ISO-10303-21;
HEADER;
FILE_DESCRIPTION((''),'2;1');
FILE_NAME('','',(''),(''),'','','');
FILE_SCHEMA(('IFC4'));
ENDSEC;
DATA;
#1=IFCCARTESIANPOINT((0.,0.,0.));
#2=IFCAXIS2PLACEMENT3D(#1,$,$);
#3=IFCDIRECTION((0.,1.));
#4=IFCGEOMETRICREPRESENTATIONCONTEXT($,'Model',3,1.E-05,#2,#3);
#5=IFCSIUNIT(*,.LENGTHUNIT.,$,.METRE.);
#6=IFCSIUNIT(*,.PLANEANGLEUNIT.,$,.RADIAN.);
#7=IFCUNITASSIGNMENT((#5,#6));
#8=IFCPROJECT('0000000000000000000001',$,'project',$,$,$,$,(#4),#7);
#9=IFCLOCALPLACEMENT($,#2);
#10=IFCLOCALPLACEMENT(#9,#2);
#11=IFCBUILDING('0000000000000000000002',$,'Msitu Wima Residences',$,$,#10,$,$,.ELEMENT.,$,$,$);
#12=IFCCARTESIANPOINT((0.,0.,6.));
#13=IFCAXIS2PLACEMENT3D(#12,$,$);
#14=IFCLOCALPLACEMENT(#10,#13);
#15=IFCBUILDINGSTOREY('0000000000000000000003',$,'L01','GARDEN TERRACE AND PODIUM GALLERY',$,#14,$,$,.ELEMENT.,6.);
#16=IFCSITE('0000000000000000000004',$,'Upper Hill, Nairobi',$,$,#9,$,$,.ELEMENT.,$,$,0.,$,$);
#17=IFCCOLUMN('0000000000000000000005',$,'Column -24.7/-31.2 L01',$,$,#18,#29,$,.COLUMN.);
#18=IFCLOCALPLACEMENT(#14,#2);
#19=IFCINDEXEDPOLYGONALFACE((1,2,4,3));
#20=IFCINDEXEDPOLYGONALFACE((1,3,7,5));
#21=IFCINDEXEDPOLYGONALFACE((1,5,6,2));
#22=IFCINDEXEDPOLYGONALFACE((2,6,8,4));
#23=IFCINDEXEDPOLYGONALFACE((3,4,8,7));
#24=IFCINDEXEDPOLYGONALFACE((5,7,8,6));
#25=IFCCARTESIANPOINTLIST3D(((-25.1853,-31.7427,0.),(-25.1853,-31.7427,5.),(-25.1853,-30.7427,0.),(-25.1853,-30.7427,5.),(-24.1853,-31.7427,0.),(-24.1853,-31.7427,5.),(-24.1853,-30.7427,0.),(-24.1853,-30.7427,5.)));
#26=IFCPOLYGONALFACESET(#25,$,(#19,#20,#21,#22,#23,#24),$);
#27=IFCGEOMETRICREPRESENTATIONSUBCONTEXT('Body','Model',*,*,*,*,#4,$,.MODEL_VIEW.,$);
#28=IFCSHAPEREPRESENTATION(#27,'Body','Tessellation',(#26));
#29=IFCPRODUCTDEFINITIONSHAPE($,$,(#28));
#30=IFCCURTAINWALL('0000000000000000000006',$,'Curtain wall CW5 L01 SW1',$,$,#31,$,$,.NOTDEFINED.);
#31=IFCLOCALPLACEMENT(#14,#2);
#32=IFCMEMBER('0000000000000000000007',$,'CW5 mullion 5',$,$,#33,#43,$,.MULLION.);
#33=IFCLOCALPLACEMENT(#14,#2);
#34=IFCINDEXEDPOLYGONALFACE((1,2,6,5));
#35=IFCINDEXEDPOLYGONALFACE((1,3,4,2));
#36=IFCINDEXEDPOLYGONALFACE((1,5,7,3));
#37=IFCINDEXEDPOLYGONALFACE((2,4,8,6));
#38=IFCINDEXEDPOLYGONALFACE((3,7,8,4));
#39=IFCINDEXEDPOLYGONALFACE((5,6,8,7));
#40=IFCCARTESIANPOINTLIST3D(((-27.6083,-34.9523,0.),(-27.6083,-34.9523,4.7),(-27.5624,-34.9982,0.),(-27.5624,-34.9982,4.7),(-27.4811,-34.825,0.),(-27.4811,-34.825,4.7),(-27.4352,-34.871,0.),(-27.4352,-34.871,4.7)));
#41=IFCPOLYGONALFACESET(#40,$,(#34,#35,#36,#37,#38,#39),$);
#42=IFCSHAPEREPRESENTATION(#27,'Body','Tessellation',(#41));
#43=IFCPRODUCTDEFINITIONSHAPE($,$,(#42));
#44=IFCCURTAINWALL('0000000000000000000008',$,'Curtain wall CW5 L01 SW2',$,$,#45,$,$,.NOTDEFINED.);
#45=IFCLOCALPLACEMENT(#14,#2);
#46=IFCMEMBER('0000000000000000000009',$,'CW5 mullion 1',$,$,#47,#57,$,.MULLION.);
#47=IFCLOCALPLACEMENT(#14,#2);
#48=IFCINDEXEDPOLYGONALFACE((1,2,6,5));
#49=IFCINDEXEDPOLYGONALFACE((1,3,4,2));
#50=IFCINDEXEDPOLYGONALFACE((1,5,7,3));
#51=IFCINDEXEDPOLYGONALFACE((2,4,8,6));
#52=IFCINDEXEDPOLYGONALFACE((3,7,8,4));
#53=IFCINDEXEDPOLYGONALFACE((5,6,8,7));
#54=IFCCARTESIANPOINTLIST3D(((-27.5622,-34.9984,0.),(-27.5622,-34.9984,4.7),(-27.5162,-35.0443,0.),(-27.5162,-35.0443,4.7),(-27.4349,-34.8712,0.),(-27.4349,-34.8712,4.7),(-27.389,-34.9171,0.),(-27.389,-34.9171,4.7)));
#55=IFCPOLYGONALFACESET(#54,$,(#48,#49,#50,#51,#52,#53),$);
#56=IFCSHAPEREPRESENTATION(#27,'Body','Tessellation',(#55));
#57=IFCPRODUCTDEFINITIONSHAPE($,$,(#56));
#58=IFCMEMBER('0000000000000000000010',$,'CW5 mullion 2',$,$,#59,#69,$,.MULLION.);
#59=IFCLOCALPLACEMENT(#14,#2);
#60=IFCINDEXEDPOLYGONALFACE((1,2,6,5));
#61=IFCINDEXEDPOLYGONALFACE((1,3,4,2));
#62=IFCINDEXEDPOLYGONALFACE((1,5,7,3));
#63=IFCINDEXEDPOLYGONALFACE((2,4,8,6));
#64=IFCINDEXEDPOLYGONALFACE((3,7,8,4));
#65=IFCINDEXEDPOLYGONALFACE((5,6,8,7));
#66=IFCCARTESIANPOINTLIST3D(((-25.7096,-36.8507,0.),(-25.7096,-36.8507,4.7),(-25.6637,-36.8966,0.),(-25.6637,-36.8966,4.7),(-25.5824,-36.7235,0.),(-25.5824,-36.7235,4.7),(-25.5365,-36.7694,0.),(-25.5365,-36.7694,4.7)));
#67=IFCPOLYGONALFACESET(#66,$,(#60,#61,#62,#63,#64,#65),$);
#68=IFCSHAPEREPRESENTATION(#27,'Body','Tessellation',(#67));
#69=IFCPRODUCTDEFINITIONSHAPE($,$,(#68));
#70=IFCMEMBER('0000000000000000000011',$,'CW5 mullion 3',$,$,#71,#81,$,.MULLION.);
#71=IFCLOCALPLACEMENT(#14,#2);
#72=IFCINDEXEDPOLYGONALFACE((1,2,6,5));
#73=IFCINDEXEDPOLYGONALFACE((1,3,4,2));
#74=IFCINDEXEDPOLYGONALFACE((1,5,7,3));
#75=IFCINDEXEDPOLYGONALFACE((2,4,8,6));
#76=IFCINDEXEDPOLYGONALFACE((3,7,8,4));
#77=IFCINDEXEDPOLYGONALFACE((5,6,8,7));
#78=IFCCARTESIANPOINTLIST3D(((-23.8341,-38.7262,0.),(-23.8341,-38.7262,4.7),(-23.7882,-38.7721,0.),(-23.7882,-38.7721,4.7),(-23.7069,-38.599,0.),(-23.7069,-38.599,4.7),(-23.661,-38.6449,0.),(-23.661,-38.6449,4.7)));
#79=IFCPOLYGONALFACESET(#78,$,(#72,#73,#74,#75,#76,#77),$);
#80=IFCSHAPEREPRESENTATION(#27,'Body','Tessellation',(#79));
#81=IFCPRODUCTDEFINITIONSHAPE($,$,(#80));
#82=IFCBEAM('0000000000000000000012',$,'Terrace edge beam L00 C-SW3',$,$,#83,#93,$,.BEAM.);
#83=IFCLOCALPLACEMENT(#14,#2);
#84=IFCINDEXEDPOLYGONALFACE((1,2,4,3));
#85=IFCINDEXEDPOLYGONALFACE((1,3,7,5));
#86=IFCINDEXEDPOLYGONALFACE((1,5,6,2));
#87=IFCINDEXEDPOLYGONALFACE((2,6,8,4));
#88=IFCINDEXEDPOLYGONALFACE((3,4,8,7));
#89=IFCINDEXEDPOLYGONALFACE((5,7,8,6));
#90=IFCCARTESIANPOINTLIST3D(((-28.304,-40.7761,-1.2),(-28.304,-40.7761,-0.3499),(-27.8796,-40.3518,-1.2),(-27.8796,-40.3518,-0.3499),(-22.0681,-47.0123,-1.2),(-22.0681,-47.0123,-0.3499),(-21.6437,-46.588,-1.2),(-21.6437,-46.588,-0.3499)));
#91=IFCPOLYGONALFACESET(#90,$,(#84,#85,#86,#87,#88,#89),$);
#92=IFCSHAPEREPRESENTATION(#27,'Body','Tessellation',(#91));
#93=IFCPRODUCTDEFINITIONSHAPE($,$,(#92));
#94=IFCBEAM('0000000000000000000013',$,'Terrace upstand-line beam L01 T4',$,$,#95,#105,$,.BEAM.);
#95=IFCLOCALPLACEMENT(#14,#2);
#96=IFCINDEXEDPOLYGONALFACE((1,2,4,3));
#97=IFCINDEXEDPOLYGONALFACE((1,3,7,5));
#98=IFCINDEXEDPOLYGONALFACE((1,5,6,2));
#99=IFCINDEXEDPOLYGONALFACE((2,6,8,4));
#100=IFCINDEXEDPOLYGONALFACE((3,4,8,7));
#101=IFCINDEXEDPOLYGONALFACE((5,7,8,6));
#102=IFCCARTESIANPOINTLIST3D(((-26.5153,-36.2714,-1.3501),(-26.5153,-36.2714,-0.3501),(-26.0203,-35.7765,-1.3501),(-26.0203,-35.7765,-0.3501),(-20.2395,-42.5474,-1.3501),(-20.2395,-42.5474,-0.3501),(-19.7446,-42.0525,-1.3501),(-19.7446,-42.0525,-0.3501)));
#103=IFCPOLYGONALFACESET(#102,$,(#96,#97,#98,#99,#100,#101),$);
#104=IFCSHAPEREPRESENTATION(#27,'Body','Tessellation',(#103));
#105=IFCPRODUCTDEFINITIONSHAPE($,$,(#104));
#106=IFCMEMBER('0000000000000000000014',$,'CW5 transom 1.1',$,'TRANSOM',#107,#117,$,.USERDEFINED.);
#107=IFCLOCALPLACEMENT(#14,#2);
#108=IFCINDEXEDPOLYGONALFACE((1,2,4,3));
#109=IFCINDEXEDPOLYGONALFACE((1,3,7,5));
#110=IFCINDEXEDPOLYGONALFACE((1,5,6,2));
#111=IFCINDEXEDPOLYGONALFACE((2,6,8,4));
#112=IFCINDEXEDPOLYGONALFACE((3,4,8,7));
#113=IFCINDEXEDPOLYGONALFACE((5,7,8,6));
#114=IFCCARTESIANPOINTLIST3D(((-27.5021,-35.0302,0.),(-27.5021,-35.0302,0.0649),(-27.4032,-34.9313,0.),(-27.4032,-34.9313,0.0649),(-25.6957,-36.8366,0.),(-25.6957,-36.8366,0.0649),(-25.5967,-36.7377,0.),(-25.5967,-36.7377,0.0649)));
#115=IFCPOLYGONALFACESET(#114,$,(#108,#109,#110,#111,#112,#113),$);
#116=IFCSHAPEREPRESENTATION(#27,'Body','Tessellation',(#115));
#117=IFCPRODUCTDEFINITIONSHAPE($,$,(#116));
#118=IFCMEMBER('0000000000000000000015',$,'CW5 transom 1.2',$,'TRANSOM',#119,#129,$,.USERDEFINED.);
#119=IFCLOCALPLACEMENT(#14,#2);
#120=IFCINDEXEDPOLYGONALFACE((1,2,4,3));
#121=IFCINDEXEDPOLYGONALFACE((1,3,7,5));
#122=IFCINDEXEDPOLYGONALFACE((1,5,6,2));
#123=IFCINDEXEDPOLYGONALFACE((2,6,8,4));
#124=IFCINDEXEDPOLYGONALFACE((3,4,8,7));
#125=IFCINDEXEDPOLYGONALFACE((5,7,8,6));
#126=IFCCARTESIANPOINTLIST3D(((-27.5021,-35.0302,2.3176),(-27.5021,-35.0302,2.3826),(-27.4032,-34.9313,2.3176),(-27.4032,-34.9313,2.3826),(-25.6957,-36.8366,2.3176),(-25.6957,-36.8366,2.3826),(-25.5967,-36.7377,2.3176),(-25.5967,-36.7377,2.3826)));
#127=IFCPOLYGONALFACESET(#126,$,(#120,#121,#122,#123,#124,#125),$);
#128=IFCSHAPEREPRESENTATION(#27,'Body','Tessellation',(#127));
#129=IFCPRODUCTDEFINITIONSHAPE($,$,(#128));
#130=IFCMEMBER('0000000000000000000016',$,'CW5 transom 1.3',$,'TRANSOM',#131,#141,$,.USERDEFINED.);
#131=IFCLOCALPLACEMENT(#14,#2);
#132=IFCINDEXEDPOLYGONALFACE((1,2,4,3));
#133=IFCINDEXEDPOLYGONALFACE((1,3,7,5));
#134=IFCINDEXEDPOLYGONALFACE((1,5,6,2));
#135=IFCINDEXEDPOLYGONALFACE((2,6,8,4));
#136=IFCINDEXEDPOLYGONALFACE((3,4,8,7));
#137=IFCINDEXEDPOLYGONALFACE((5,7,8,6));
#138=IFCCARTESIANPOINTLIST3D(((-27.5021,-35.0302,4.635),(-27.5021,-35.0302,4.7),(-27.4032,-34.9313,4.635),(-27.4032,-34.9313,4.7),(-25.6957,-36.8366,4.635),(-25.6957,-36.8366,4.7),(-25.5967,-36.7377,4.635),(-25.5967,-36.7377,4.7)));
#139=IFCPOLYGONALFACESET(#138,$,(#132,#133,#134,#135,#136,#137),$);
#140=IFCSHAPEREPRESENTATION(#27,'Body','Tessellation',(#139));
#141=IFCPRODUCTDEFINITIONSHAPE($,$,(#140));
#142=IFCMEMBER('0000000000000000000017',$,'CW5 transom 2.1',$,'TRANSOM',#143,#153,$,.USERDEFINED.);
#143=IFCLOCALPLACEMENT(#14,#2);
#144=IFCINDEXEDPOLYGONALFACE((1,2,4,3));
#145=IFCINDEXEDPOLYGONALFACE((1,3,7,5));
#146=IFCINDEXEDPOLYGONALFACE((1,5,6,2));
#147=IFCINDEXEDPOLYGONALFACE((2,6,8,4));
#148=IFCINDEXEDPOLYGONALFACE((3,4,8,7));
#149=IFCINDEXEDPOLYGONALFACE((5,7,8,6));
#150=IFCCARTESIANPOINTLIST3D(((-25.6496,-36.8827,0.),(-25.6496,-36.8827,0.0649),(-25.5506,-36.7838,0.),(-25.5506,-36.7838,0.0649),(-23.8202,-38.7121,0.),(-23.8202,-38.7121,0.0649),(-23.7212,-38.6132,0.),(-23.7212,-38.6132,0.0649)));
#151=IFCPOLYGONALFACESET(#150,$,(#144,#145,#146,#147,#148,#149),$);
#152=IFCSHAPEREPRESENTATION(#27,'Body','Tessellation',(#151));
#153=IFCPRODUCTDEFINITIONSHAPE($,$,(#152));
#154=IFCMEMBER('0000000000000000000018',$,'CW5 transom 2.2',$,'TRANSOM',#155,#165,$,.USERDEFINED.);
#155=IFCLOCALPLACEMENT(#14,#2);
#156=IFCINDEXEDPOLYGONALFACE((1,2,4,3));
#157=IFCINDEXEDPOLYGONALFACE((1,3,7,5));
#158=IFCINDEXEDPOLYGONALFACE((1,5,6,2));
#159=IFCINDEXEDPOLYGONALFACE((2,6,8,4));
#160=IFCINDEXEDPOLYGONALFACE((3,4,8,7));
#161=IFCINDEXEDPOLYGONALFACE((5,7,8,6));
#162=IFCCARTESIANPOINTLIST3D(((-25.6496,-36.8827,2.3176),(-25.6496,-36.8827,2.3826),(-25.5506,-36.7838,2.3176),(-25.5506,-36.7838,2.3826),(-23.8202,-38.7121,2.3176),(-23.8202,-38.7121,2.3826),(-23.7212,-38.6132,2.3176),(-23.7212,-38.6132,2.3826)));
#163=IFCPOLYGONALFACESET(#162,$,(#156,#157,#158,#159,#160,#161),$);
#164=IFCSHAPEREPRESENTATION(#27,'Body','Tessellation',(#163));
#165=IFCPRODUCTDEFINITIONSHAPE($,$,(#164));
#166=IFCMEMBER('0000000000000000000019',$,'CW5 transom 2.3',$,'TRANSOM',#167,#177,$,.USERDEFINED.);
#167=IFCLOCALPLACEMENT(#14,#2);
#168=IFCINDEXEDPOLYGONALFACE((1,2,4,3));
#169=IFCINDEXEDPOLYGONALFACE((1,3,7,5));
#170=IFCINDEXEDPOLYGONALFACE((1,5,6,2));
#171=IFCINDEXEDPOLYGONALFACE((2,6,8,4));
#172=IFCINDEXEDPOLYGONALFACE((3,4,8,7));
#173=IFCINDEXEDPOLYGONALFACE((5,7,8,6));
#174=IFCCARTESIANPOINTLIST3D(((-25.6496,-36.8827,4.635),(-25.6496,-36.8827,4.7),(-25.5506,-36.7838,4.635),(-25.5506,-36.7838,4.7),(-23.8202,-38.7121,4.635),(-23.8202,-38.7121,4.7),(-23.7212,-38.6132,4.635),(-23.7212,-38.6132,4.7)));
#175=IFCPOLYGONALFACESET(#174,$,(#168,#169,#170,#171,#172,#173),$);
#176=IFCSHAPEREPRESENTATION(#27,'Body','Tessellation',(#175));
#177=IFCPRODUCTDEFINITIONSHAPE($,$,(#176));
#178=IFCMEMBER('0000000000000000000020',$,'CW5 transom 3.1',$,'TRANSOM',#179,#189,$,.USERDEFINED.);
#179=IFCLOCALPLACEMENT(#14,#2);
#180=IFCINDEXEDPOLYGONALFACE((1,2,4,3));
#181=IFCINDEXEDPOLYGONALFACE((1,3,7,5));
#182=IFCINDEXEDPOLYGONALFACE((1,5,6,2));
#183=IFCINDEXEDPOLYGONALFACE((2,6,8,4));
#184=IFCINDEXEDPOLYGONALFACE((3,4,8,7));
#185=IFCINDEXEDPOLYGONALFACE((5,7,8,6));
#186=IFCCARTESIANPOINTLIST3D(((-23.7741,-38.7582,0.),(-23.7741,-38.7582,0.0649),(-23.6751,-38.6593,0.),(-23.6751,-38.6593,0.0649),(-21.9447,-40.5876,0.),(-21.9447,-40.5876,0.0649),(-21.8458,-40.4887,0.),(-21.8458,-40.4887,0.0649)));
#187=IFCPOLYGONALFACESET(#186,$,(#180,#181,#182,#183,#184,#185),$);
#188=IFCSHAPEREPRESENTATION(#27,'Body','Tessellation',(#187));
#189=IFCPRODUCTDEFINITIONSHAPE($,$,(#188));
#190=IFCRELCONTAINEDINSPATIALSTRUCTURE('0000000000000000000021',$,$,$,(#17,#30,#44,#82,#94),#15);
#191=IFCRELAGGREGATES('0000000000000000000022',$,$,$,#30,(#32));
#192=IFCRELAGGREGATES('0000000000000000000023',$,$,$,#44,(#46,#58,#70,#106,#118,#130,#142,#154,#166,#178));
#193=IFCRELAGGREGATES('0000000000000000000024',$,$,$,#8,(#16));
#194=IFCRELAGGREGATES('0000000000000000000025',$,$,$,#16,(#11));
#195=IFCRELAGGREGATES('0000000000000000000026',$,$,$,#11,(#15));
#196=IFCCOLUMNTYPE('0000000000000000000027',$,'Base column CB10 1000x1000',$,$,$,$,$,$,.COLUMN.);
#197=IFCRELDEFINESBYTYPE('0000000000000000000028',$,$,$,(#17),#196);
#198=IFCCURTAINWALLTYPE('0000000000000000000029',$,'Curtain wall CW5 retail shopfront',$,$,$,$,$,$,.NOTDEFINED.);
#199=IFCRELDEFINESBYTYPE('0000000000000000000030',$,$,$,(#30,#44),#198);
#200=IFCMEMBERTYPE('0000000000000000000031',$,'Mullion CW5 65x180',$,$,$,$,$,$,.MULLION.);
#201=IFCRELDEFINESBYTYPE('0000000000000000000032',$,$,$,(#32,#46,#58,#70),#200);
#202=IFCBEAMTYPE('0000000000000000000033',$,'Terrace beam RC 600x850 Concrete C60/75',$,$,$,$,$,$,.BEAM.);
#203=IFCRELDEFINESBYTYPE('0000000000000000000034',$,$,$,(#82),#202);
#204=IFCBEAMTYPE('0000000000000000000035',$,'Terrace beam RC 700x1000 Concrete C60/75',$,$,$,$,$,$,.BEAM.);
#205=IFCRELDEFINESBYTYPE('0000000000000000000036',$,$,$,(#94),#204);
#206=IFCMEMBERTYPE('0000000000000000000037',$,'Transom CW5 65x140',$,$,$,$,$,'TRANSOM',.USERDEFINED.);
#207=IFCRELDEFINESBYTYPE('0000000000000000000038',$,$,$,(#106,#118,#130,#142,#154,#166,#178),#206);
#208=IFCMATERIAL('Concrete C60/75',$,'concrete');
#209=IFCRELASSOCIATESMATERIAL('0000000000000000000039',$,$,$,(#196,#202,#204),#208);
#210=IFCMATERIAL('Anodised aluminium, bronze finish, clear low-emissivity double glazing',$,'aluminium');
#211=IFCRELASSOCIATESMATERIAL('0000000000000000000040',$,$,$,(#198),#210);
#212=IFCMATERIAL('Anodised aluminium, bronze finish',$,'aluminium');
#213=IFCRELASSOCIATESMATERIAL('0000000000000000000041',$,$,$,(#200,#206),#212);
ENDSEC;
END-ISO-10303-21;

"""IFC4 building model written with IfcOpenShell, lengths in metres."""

from ifc_helpers import new_model, si_unit, direction, frame, origin, origin_2d, place, context, subcontext, project, spatial, rectangle, extrude, material, material_profile, profile_set, type_object, element, aggregate, save


model = new_model("IFC4")

# Units and contexts
model_context = context("Model", 3, precision=1e-05, world=origin(), true_north=direction((0.0, 1.0)))
body_context = subcontext(model_context, "Body", "Model", "MODEL_VIEW")
ifc_project = project(units=[si_unit("LENGTHUNIT", "METRE"), si_unit("PLANEANGLEUNIT", "RADIAN")], contexts=[model_context])

# Site, building, storey
site_placement = place(None, origin())
site = spatial("IfcSite", under=ifc_project, at=site_placement, Name="Upper Hill, Nairobi", CompositionType="ELEMENT", RefElevation=0.0)
building_placement = place(site_placement, origin())
building = spatial("IfcBuilding", under=site, at=building_placement, Name="Msitu Wima Residences", CompositionType="ELEMENT")
storey_placement = place(building_placement, frame((0.0, 0.0, 6.0)))
storey = spatial("IfcBuildingStorey", under=building, at=storey_placement, Name="L01", Description="GARDEN TERRACE AND PODIUM GALLERY", CompositionType="ELEMENT", Elevation=6.0)

# Column
ifc_material_1 = material(Name="Concrete C60/75", Category="concrete")
ifc_material_profile_1 = material_profile(ifc_material_1, rectangle(XDim=1.0, YDim=1.0, at=origin_2d()), Name="RC 1000x1000")
ifc_profile_set_1 = profile_set([ifc_material_profile_1], Name="Concrete C60/75")
column_type = type_object("IfcColumnType", Name="Base column CB10 1000x1000", PredefinedType="COLUMN", material=ifc_profile_set_1)
column_placement = place(storey_placement, frame((-24.6853, -31.2427, 0.0), z_axis=(0.0, 0.0, 1.0), x_axis=(1.0, 0.0, 0.0)))
element("IfcColumn", 1, at=column_placement, inside=storey, type_object=column_type, Name="Column -24.7/-31.2 L01", PredefinedType="COLUMN", context=body_context, shape_type="SweptSolid", body=[
    extrude(rectangle(XDim=1.0, YDim=1.0, at=origin_2d()), origin(), (0.0, 0.0, 1.0), 5.0),
])

# Curtain wall, member
ifc_material_2 = material(Name="Anodised aluminium, bronze finish, clear low-emissivity double glazing", Category="aluminium")
curtain_wall_type = type_object("IfcCurtainWallType", Name="Curtain wall CW5 retail shopfront", PredefinedType="NOTDEFINED", material=ifc_material_2)
curtain_wall_1_placement = place(storey_placement, origin())
curtain_wall_1 = element("IfcCurtainWall", 2, at=curtain_wall_1_placement, inside=storey, type_object=curtain_wall_type, Name="Curtain wall CW5 L01 SW1", PredefinedType="NOTDEFINED")
ifc_material_3 = material(Name="Anodised aluminium, bronze finish", Category="aluminium")
ifc_material_profile_2 = material_profile(ifc_material_3, rectangle(XDim=0.1799, YDim=0.0649, at=origin_2d()), Name="Mullion 65x180")
ifc_profile_set_2 = profile_set([ifc_material_profile_2], Name="Anodised aluminium, bronze finish")
member_type_1 = type_object("IfcMemberType", Name="Mullion CW5 65x180", PredefinedType="MULLION", material=ifc_profile_set_2)
member_1_placement = place(storey_placement, frame((-27.5217, -34.9116, 0.0), z_axis=(0.0, 0.0, 1.0), x_axis=(0.707107, 0.707107, 0.0)))
member_1 = element("IfcMember", 3, at=member_1_placement, type_object=member_type_1, Name="CW5 mullion 5", PredefinedType="MULLION", context=body_context, shape_type="SweptSolid", body=[
    extrude(rectangle(XDim=0.1799, YDim=0.0649, at=origin_2d()), origin(), (0.0, 0.0, 1.0), 4.7),
])

# Curtain wall, members
curtain_wall_2_placement = place(storey_placement, origin())
curtain_wall_2 = element("IfcCurtainWall", 4, at=curtain_wall_2_placement, inside=storey, type_object=curtain_wall_type, Name="Curtain wall CW5 L01 SW2", PredefinedType="NOTDEFINED")
member_2_placement = place(storey_placement, frame((-27.4756, -34.9578, 0.0), z_axis=(0.0, 0.0, 1.0), x_axis=(0.707107, 0.707107, 0.0)))
member_2 = element("IfcMember", 5, at=member_2_placement, type_object=member_type_1, Name="CW5 mullion 1", PredefinedType="MULLION", context=body_context, shape_type="SweptSolid", body=[
    extrude(rectangle(XDim=0.1799, YDim=0.0649, at=origin_2d()), origin(), (0.0, 0.0, 1.0), 4.7),
])
member_3_placement = place(storey_placement, frame((-25.623, -36.8101, 0.0), z_axis=(0.0, 0.0, 1.0), x_axis=(0.707107, 0.707107, 0.0)))
member_3 = element("IfcMember", 6, at=member_3_placement, type_object=member_type_1, Name="CW5 mullion 2", PredefinedType="MULLION", context=body_context, shape_type="SweptSolid", body=[
    extrude(rectangle(XDim=0.1799, YDim=0.0649, at=origin_2d()), origin(), (0.0, 0.0, 1.0), 4.7),
])
member_4_placement = place(storey_placement, frame((-23.7476, -38.6855, 0.0), z_axis=(0.0, 0.0, 1.0), x_axis=(0.707107, 0.707107, 0.0)))
member_4 = element("IfcMember", 7, at=member_4_placement, type_object=member_type_1, Name="CW5 mullion 3", PredefinedType="MULLION", context=body_context, shape_type="SweptSolid", body=[
    extrude(rectangle(XDim=0.1799, YDim=0.0649, at=origin_2d()), origin(), (0.0, 0.0, 1.0), 4.7),
])

# Beams
ifc_material_profile_3 = material_profile(ifc_material_1, rectangle(XDim=0.6001, YDim=0.8501, at=origin_2d()), Name="RC 600x850")
ifc_profile_set_3 = profile_set([ifc_material_profile_3], Name="Concrete C60/75")
beam_type_1 = type_object("IfcBeamType", Name="Terrace beam RC 600x850 Concrete C60/75", PredefinedType="BEAM", material=ifc_profile_set_3)
beam_1_placement = place(storey_placement, frame((-28.0918, -40.564, -0.7749), z_axis=(0.707093, -0.707121, 0.0), x_axis=(0.707121, 0.707093, 0.0)))
element("IfcBeam", 8, at=beam_1_placement, inside=storey, type_object=beam_type_1, Name="Terrace edge beam L00 C-SW3", PredefinedType="BEAM", context=body_context, shape_type="SweptSolid", body=[
    extrude(rectangle(XDim=0.6001, YDim=0.8501, at=origin_2d()), origin(), (0.0, 0.0, 1.0), 8.8191),
])
ifc_material_profile_4 = material_profile(ifc_material_1, rectangle(XDim=0.7, YDim=1.0, at=origin_2d()), Name="RC 700x1000")
ifc_profile_set_4 = profile_set([ifc_material_profile_4], Name="Concrete C60/75")
beam_type_2 = type_object("IfcBeamType", Name="Terrace beam RC 700x1000 Concrete C60/75", PredefinedType="BEAM", material=ifc_profile_set_4)
beam_2_placement = place(storey_placement, frame((-26.2678, -36.0239, -0.8501), z_axis=(0.707093, -0.707121, 0.0), x_axis=(0.707121, 0.707093, 0.0)))
element("IfcBeam", 9, at=beam_2_placement, inside=storey, type_object=beam_type_2, Name="Terrace upstand-line beam L01 T4", PredefinedType="BEAM", context=body_context, shape_type="SweptSolid", body=[
    extrude(rectangle(XDim=0.7, YDim=1.0, at=origin_2d()), origin(), (0.0, 0.0, 1.0), 8.8755),
])

# Members
ifc_material_profile_5 = material_profile(ifc_material_3, rectangle(XDim=0.1399, YDim=0.0649, at=origin_2d()), Name="Transom 65x140")
ifc_profile_set_5 = profile_set([ifc_material_profile_5], Name="Anodised aluminium, bronze finish")
member_type_2 = type_object("IfcMemberType", Name="Transom CW5 65x140", ElementType="TRANSOM", PredefinedType="USERDEFINED", material=ifc_profile_set_5)
member_5_placement = place(storey_placement, frame((-27.4526, -34.9807, 0.0325), z_axis=(0.707107, -0.707107, 0.0), x_axis=(0.707107, 0.707107, 0.0)))
member_5 = element("IfcMember", 10, at=member_5_placement, type_object=member_type_2, Name="CW5 transom 1.1", ObjectType="TRANSOM", PredefinedType="USERDEFINED", context=body_context, shape_type="SweptSolid", body=[
    extrude(rectangle(XDim=0.1399, YDim=0.0649, at=origin_2d()), origin(), (0.0, 0.0, 1.0), 2.5547),
])
member_6_placement = place(storey_placement, frame((-27.4526, -34.9807, 2.3501), z_axis=(0.707107, -0.707107, 0.0), x_axis=(0.707107, 0.707107, 0.0)))
member_6 = element("IfcMember", 11, at=member_6_placement, type_object=member_type_2, Name="CW5 transom 1.2", ObjectType="TRANSOM", PredefinedType="USERDEFINED", context=body_context, shape_type="SweptSolid", body=[
    extrude(rectangle(XDim=0.1399, YDim=0.0649, at=origin_2d()), origin(), (0.0, 0.0, 1.0), 2.5547),
])
member_7_placement = place(storey_placement, frame((-27.4526, -34.9807, 4.6675), z_axis=(0.707107, -0.707107, 0.0), x_axis=(0.707107, 0.707107, 0.0)))
member_7 = element("IfcMember", 12, at=member_7_placement, type_object=member_type_2, Name="CW5 transom 1.3", ObjectType="TRANSOM", PredefinedType="USERDEFINED", context=body_context, shape_type="SweptSolid", body=[
    extrude(rectangle(XDim=0.1399, YDim=0.0649, at=origin_2d()), origin(), (0.0, 0.0, 1.0), 2.5547),
])
member_8_placement = place(storey_placement, frame((-25.6001, -36.8333, 0.0325), z_axis=(0.707107, -0.707107, 0.0), x_axis=(0.707107, 0.707107, 0.0)))
member_8 = element("IfcMember", 13, at=member_8_placement, type_object=member_type_2, Name="CW5 transom 2.1", ObjectType="TRANSOM", PredefinedType="USERDEFINED", context=body_context, shape_type="SweptSolid", body=[
    extrude(rectangle(XDim=0.1399, YDim=0.0649, at=origin_2d()), origin(), (0.0, 0.0, 1.0), 2.5872),
])
member_9_placement = place(storey_placement, frame((-25.6001, -36.8333, 2.3501), z_axis=(0.707107, -0.707107, 0.0), x_axis=(0.707107, 0.707107, 0.0)))
member_9 = element("IfcMember", 14, at=member_9_placement, type_object=member_type_2, Name="CW5 transom 2.2", ObjectType="TRANSOM", PredefinedType="USERDEFINED", context=body_context, shape_type="SweptSolid", body=[
    extrude(rectangle(XDim=0.1399, YDim=0.0649, at=origin_2d()), origin(), (0.0, 0.0, 1.0), 2.5872),
])
member_10_placement = place(storey_placement, frame((-25.6001, -36.8333, 4.6675), z_axis=(0.707107, -0.707107, 0.0), x_axis=(0.707107, 0.707107, 0.0)))
member_10 = element("IfcMember", 15, at=member_10_placement, type_object=member_type_2, Name="CW5 transom 2.3", ObjectType="TRANSOM", PredefinedType="USERDEFINED", context=body_context, shape_type="SweptSolid", body=[
    extrude(rectangle(XDim=0.1399, YDim=0.0649, at=origin_2d()), origin(), (0.0, 0.0, 1.0), 2.5872),
])
member_11_placement = place(storey_placement, frame((-23.7246, -38.7087, 0.0325), z_axis=(0.707107, -0.707107, 0.0), x_axis=(0.707107, 0.707107, 0.0)))
member_11 = element("IfcMember", 16, at=member_11_placement, type_object=member_type_2, Name="CW5 transom 3.1", ObjectType="TRANSOM", PredefinedType="USERDEFINED", context=body_context, shape_type="SweptSolid", body=[
    extrude(rectangle(XDim=0.1399, YDim=0.0649, at=origin_2d()), origin(), (0.0, 0.0, 1.0), 2.5872),
])

aggregate(curtain_wall_1, [member_1])
aggregate(curtain_wall_2, [member_2, member_3, member_4, member_5, member_6, member_7, member_8, member_9, member_10, member_11])

save(model, "model.ifc")
